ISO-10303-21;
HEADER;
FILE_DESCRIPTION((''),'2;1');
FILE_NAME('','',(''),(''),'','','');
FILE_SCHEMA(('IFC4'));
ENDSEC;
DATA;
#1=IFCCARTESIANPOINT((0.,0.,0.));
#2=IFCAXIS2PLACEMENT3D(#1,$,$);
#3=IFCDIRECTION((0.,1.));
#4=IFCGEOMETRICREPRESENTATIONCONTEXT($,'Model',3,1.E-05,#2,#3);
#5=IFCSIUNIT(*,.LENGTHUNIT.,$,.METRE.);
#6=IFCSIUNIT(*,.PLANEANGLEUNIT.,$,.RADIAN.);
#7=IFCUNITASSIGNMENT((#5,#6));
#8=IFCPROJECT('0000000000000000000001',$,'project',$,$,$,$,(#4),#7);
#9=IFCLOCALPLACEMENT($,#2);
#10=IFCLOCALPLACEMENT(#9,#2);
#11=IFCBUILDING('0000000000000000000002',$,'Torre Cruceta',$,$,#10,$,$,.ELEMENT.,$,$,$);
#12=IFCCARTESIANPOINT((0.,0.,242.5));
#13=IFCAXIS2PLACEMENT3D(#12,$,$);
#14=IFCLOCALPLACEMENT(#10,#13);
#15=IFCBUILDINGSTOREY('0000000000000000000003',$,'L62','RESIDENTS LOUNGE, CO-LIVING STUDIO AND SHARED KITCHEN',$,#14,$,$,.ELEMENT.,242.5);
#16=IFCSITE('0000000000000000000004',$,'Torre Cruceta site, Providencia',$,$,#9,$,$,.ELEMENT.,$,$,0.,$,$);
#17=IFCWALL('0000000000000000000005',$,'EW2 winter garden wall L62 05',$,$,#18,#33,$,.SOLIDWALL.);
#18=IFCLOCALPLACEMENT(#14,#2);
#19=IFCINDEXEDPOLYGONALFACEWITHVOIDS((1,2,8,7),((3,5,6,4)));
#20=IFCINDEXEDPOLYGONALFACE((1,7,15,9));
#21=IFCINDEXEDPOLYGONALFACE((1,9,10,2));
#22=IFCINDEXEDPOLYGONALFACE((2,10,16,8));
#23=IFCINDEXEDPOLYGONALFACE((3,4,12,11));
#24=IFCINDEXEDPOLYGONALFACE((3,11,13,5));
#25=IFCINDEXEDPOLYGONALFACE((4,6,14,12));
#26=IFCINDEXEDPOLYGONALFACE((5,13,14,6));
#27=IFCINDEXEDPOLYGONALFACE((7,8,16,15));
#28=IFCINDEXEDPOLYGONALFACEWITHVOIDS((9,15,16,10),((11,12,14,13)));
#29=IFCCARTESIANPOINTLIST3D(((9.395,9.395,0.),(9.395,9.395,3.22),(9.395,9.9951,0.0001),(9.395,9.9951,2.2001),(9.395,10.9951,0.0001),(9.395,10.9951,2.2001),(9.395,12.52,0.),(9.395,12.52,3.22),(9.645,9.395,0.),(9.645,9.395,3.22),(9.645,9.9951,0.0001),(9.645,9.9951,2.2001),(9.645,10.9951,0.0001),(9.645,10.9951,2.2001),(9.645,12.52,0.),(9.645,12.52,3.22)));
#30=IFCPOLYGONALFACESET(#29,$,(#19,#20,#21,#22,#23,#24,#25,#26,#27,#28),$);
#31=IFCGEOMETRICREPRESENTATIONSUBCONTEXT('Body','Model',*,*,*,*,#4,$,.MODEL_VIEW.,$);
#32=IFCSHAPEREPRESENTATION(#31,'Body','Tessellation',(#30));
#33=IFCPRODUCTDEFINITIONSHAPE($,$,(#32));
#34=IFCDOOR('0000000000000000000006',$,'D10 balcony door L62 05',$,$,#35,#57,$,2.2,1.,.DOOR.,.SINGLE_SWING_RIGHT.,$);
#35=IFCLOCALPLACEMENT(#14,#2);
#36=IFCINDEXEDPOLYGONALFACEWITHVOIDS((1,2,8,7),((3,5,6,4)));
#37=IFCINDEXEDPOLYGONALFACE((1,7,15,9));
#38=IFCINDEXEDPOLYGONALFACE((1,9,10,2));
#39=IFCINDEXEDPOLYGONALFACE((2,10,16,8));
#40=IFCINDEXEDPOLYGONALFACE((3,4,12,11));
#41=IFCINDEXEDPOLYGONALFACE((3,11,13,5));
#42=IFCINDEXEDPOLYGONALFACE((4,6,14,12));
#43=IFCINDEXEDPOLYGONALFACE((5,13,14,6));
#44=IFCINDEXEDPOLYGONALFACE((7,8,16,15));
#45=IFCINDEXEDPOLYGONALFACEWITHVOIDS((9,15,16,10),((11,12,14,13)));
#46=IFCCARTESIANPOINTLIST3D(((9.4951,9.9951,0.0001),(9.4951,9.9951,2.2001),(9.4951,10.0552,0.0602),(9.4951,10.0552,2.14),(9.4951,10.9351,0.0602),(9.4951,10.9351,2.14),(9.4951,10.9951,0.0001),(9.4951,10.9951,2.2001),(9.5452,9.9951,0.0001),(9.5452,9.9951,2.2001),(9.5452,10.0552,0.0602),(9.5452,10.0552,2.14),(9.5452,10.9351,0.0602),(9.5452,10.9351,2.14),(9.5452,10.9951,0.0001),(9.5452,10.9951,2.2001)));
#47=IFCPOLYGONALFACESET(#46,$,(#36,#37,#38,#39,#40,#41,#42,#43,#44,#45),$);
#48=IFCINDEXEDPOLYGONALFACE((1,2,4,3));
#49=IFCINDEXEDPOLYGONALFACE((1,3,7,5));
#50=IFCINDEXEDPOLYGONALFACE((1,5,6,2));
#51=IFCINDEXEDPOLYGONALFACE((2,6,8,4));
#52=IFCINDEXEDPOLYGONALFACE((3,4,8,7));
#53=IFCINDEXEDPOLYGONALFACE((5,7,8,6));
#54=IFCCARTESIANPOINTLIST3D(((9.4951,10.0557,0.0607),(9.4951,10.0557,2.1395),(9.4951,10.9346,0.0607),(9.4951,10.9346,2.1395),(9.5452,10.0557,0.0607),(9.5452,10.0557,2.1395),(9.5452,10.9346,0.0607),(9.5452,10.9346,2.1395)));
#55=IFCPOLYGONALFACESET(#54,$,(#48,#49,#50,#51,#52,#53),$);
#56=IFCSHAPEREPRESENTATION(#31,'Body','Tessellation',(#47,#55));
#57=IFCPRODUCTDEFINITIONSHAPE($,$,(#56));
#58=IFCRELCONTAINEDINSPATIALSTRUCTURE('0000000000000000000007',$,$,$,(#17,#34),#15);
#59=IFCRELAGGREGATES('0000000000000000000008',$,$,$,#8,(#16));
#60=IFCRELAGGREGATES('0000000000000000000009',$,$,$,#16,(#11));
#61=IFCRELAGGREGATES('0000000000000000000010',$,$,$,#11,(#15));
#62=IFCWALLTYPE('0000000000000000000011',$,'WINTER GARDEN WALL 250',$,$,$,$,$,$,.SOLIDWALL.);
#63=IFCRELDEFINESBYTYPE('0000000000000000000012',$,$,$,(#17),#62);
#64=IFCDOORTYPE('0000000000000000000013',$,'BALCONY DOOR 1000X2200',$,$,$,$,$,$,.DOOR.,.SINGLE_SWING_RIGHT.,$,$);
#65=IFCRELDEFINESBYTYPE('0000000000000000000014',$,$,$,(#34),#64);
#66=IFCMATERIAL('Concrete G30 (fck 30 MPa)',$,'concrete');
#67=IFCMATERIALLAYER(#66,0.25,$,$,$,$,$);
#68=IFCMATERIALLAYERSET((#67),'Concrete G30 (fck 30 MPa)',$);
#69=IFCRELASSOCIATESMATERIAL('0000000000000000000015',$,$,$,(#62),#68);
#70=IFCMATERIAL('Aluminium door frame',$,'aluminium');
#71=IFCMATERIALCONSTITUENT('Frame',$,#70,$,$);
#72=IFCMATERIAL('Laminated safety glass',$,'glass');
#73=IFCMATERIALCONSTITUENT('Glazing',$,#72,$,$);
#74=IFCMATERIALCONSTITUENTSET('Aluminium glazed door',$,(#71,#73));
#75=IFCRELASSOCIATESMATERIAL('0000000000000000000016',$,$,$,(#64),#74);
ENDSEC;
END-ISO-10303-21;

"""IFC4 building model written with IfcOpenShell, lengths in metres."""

from ifc_helpers import new_model, si_unit, direction, frame, frame_2d, origin, place, context, subcontext, project, spatial, rectangle, hollow_rectangle, extrude, material, layer, layer_set, constituent, constituent_set, type_object, element, fill, save


model = new_model("IFC4")

# Units and contexts
model_context = context("Model", 3, precision=1e-05, world=origin(), true_north=direction((0.0, 1.0)))
body_context = subcontext(model_context, "Body", "Model", "MODEL_VIEW")
ifc_project = project(units=[si_unit("LENGTHUNIT", "METRE"), si_unit("PLANEANGLEUNIT", "RADIAN")], contexts=[model_context])

# Site, building, storey
site_placement = place(None, origin())
site = spatial("IfcSite", under=ifc_project, at=site_placement, Name="Torre Cruceta site, Providencia", CompositionType="ELEMENT", RefElevation=0.0)
building_placement = place(site_placement, origin())
building = spatial("IfcBuilding", under=site, at=building_placement, Name="Torre Cruceta", CompositionType="ELEMENT")
storey_placement = place(building_placement, frame((0.0, 0.0, 242.5)))
storey = spatial("IfcBuildingStorey", under=building, at=storey_placement, Name="L62", Description="RESIDENTS LOUNGE, CO-LIVING STUDIO AND SHARED KITCHEN", CompositionType="ELEMENT", Elevation=242.5)

# Wall, opening, door
ifc_material_1 = material(Name="Concrete G30 (fck 30 MPa)", Category="concrete")
ifc_layer_1 = layer(ifc_material_1, 0.25)
ifc_layer_set_1 = layer_set([ifc_layer_1], Name="Concrete G30 (fck 30 MPa)")
wall_type_1 = type_object("IfcWallType", Name="WINTER GARDEN WALL 250", PredefinedType="SOLIDWALL", material=ifc_layer_set_1)
ifc_material_2 = material(Name="Aluminium door frame", Category="aluminium")
ifc_constituent_1 = constituent(ifc_material_2, Name="Frame")
ifc_material_3 = material(Name="Laminated safety glass", Category="glass")
ifc_constituent_2 = constituent(ifc_material_3, Name="Glazing")
ifc_constituent_set_1 = constituent_set(constituents=[ifc_constituent_1, ifc_constituent_2], Name="Aluminium glazed door")
door_type_1 = type_object("IfcDoorType", Name="BALCONY DOOR 1000X2200", OperationType="SINGLE_SWING_RIGHT", PredefinedType="DOOR", material=ifc_constituent_set_1)
wall_1_placement = place(storey_placement, frame((9.52, 9.395, 0.0), z_axis=(0.0, 0.0, 1.0), x_axis=(0.0, 1.0, 0.0)))
wall_1 = element("IfcWall", 1, at=wall_1_placement, inside=storey, type_object=wall_type_1, Name="EW2 winter garden wall L62 05", PredefinedType="SOLIDWALL", context=body_context, shape_type="SweptSolid", body=[
    extrude(rectangle(XDim=3.125, YDim=0.25, at=frame_2d((1.5625, 0.0))), origin(), (0.0, 0.0, 1.0), 3.22),
])
opening_1_placement = place(wall_1_placement, frame((0.6001, 0.0, 0.0)))
opening_1 = element("IfcOpeningElement", 2, at=opening_1_placement, cuts=wall_1, PredefinedType="OPENING", context=body_context, shape_type="SweptSolid", body=[
    extrude(rectangle(XDim=1.0, YDim=2.2, at=frame_2d((0.5, 1.1001))), frame((0.0, 0.135, 0.0), z_axis=(0.0, -1.0, 0.0), x_axis=(1.0, 0.0, 0.0)), (0.0, 0.0, 1.0), 0.27),
])
door_1_placement = place(opening_1_placement, origin())
door_1 = element("IfcDoor", 3, at=door_1_placement, inside=storey, type_object=door_type_1, Name="D10 balcony door L62 05", OperationType="SINGLE_SWING_RIGHT", OverallHeight=2.2, OverallWidth=1.0, PredefinedType="DOOR", context=body_context, shape_type="SweptSolid", body=[
    extrude(hollow_rectangle(XDim=1.0, YDim=2.2, WallThickness=0.0601, at=frame_2d((0.5, 1.1001))), frame((0.0, 0.0249, 0.0), z_axis=(0.0, -1.0, 0.0), x_axis=(1.0, 0.0, 0.0)), (0.0, 0.0, 1.0), 0.05),
    extrude(rectangle(XDim=0.8789, YDim=2.0789, at=frame_2d((0.5, 1.1001))), frame((0.0, 0.0249, 0.0), z_axis=(0.0, -1.0, 0.0), x_axis=(1.0, 0.0, 0.0)), (0.0, 0.0, 1.0), 0.05),
])
fill(opening_1, door_1)

save(model, "model.ifc")
